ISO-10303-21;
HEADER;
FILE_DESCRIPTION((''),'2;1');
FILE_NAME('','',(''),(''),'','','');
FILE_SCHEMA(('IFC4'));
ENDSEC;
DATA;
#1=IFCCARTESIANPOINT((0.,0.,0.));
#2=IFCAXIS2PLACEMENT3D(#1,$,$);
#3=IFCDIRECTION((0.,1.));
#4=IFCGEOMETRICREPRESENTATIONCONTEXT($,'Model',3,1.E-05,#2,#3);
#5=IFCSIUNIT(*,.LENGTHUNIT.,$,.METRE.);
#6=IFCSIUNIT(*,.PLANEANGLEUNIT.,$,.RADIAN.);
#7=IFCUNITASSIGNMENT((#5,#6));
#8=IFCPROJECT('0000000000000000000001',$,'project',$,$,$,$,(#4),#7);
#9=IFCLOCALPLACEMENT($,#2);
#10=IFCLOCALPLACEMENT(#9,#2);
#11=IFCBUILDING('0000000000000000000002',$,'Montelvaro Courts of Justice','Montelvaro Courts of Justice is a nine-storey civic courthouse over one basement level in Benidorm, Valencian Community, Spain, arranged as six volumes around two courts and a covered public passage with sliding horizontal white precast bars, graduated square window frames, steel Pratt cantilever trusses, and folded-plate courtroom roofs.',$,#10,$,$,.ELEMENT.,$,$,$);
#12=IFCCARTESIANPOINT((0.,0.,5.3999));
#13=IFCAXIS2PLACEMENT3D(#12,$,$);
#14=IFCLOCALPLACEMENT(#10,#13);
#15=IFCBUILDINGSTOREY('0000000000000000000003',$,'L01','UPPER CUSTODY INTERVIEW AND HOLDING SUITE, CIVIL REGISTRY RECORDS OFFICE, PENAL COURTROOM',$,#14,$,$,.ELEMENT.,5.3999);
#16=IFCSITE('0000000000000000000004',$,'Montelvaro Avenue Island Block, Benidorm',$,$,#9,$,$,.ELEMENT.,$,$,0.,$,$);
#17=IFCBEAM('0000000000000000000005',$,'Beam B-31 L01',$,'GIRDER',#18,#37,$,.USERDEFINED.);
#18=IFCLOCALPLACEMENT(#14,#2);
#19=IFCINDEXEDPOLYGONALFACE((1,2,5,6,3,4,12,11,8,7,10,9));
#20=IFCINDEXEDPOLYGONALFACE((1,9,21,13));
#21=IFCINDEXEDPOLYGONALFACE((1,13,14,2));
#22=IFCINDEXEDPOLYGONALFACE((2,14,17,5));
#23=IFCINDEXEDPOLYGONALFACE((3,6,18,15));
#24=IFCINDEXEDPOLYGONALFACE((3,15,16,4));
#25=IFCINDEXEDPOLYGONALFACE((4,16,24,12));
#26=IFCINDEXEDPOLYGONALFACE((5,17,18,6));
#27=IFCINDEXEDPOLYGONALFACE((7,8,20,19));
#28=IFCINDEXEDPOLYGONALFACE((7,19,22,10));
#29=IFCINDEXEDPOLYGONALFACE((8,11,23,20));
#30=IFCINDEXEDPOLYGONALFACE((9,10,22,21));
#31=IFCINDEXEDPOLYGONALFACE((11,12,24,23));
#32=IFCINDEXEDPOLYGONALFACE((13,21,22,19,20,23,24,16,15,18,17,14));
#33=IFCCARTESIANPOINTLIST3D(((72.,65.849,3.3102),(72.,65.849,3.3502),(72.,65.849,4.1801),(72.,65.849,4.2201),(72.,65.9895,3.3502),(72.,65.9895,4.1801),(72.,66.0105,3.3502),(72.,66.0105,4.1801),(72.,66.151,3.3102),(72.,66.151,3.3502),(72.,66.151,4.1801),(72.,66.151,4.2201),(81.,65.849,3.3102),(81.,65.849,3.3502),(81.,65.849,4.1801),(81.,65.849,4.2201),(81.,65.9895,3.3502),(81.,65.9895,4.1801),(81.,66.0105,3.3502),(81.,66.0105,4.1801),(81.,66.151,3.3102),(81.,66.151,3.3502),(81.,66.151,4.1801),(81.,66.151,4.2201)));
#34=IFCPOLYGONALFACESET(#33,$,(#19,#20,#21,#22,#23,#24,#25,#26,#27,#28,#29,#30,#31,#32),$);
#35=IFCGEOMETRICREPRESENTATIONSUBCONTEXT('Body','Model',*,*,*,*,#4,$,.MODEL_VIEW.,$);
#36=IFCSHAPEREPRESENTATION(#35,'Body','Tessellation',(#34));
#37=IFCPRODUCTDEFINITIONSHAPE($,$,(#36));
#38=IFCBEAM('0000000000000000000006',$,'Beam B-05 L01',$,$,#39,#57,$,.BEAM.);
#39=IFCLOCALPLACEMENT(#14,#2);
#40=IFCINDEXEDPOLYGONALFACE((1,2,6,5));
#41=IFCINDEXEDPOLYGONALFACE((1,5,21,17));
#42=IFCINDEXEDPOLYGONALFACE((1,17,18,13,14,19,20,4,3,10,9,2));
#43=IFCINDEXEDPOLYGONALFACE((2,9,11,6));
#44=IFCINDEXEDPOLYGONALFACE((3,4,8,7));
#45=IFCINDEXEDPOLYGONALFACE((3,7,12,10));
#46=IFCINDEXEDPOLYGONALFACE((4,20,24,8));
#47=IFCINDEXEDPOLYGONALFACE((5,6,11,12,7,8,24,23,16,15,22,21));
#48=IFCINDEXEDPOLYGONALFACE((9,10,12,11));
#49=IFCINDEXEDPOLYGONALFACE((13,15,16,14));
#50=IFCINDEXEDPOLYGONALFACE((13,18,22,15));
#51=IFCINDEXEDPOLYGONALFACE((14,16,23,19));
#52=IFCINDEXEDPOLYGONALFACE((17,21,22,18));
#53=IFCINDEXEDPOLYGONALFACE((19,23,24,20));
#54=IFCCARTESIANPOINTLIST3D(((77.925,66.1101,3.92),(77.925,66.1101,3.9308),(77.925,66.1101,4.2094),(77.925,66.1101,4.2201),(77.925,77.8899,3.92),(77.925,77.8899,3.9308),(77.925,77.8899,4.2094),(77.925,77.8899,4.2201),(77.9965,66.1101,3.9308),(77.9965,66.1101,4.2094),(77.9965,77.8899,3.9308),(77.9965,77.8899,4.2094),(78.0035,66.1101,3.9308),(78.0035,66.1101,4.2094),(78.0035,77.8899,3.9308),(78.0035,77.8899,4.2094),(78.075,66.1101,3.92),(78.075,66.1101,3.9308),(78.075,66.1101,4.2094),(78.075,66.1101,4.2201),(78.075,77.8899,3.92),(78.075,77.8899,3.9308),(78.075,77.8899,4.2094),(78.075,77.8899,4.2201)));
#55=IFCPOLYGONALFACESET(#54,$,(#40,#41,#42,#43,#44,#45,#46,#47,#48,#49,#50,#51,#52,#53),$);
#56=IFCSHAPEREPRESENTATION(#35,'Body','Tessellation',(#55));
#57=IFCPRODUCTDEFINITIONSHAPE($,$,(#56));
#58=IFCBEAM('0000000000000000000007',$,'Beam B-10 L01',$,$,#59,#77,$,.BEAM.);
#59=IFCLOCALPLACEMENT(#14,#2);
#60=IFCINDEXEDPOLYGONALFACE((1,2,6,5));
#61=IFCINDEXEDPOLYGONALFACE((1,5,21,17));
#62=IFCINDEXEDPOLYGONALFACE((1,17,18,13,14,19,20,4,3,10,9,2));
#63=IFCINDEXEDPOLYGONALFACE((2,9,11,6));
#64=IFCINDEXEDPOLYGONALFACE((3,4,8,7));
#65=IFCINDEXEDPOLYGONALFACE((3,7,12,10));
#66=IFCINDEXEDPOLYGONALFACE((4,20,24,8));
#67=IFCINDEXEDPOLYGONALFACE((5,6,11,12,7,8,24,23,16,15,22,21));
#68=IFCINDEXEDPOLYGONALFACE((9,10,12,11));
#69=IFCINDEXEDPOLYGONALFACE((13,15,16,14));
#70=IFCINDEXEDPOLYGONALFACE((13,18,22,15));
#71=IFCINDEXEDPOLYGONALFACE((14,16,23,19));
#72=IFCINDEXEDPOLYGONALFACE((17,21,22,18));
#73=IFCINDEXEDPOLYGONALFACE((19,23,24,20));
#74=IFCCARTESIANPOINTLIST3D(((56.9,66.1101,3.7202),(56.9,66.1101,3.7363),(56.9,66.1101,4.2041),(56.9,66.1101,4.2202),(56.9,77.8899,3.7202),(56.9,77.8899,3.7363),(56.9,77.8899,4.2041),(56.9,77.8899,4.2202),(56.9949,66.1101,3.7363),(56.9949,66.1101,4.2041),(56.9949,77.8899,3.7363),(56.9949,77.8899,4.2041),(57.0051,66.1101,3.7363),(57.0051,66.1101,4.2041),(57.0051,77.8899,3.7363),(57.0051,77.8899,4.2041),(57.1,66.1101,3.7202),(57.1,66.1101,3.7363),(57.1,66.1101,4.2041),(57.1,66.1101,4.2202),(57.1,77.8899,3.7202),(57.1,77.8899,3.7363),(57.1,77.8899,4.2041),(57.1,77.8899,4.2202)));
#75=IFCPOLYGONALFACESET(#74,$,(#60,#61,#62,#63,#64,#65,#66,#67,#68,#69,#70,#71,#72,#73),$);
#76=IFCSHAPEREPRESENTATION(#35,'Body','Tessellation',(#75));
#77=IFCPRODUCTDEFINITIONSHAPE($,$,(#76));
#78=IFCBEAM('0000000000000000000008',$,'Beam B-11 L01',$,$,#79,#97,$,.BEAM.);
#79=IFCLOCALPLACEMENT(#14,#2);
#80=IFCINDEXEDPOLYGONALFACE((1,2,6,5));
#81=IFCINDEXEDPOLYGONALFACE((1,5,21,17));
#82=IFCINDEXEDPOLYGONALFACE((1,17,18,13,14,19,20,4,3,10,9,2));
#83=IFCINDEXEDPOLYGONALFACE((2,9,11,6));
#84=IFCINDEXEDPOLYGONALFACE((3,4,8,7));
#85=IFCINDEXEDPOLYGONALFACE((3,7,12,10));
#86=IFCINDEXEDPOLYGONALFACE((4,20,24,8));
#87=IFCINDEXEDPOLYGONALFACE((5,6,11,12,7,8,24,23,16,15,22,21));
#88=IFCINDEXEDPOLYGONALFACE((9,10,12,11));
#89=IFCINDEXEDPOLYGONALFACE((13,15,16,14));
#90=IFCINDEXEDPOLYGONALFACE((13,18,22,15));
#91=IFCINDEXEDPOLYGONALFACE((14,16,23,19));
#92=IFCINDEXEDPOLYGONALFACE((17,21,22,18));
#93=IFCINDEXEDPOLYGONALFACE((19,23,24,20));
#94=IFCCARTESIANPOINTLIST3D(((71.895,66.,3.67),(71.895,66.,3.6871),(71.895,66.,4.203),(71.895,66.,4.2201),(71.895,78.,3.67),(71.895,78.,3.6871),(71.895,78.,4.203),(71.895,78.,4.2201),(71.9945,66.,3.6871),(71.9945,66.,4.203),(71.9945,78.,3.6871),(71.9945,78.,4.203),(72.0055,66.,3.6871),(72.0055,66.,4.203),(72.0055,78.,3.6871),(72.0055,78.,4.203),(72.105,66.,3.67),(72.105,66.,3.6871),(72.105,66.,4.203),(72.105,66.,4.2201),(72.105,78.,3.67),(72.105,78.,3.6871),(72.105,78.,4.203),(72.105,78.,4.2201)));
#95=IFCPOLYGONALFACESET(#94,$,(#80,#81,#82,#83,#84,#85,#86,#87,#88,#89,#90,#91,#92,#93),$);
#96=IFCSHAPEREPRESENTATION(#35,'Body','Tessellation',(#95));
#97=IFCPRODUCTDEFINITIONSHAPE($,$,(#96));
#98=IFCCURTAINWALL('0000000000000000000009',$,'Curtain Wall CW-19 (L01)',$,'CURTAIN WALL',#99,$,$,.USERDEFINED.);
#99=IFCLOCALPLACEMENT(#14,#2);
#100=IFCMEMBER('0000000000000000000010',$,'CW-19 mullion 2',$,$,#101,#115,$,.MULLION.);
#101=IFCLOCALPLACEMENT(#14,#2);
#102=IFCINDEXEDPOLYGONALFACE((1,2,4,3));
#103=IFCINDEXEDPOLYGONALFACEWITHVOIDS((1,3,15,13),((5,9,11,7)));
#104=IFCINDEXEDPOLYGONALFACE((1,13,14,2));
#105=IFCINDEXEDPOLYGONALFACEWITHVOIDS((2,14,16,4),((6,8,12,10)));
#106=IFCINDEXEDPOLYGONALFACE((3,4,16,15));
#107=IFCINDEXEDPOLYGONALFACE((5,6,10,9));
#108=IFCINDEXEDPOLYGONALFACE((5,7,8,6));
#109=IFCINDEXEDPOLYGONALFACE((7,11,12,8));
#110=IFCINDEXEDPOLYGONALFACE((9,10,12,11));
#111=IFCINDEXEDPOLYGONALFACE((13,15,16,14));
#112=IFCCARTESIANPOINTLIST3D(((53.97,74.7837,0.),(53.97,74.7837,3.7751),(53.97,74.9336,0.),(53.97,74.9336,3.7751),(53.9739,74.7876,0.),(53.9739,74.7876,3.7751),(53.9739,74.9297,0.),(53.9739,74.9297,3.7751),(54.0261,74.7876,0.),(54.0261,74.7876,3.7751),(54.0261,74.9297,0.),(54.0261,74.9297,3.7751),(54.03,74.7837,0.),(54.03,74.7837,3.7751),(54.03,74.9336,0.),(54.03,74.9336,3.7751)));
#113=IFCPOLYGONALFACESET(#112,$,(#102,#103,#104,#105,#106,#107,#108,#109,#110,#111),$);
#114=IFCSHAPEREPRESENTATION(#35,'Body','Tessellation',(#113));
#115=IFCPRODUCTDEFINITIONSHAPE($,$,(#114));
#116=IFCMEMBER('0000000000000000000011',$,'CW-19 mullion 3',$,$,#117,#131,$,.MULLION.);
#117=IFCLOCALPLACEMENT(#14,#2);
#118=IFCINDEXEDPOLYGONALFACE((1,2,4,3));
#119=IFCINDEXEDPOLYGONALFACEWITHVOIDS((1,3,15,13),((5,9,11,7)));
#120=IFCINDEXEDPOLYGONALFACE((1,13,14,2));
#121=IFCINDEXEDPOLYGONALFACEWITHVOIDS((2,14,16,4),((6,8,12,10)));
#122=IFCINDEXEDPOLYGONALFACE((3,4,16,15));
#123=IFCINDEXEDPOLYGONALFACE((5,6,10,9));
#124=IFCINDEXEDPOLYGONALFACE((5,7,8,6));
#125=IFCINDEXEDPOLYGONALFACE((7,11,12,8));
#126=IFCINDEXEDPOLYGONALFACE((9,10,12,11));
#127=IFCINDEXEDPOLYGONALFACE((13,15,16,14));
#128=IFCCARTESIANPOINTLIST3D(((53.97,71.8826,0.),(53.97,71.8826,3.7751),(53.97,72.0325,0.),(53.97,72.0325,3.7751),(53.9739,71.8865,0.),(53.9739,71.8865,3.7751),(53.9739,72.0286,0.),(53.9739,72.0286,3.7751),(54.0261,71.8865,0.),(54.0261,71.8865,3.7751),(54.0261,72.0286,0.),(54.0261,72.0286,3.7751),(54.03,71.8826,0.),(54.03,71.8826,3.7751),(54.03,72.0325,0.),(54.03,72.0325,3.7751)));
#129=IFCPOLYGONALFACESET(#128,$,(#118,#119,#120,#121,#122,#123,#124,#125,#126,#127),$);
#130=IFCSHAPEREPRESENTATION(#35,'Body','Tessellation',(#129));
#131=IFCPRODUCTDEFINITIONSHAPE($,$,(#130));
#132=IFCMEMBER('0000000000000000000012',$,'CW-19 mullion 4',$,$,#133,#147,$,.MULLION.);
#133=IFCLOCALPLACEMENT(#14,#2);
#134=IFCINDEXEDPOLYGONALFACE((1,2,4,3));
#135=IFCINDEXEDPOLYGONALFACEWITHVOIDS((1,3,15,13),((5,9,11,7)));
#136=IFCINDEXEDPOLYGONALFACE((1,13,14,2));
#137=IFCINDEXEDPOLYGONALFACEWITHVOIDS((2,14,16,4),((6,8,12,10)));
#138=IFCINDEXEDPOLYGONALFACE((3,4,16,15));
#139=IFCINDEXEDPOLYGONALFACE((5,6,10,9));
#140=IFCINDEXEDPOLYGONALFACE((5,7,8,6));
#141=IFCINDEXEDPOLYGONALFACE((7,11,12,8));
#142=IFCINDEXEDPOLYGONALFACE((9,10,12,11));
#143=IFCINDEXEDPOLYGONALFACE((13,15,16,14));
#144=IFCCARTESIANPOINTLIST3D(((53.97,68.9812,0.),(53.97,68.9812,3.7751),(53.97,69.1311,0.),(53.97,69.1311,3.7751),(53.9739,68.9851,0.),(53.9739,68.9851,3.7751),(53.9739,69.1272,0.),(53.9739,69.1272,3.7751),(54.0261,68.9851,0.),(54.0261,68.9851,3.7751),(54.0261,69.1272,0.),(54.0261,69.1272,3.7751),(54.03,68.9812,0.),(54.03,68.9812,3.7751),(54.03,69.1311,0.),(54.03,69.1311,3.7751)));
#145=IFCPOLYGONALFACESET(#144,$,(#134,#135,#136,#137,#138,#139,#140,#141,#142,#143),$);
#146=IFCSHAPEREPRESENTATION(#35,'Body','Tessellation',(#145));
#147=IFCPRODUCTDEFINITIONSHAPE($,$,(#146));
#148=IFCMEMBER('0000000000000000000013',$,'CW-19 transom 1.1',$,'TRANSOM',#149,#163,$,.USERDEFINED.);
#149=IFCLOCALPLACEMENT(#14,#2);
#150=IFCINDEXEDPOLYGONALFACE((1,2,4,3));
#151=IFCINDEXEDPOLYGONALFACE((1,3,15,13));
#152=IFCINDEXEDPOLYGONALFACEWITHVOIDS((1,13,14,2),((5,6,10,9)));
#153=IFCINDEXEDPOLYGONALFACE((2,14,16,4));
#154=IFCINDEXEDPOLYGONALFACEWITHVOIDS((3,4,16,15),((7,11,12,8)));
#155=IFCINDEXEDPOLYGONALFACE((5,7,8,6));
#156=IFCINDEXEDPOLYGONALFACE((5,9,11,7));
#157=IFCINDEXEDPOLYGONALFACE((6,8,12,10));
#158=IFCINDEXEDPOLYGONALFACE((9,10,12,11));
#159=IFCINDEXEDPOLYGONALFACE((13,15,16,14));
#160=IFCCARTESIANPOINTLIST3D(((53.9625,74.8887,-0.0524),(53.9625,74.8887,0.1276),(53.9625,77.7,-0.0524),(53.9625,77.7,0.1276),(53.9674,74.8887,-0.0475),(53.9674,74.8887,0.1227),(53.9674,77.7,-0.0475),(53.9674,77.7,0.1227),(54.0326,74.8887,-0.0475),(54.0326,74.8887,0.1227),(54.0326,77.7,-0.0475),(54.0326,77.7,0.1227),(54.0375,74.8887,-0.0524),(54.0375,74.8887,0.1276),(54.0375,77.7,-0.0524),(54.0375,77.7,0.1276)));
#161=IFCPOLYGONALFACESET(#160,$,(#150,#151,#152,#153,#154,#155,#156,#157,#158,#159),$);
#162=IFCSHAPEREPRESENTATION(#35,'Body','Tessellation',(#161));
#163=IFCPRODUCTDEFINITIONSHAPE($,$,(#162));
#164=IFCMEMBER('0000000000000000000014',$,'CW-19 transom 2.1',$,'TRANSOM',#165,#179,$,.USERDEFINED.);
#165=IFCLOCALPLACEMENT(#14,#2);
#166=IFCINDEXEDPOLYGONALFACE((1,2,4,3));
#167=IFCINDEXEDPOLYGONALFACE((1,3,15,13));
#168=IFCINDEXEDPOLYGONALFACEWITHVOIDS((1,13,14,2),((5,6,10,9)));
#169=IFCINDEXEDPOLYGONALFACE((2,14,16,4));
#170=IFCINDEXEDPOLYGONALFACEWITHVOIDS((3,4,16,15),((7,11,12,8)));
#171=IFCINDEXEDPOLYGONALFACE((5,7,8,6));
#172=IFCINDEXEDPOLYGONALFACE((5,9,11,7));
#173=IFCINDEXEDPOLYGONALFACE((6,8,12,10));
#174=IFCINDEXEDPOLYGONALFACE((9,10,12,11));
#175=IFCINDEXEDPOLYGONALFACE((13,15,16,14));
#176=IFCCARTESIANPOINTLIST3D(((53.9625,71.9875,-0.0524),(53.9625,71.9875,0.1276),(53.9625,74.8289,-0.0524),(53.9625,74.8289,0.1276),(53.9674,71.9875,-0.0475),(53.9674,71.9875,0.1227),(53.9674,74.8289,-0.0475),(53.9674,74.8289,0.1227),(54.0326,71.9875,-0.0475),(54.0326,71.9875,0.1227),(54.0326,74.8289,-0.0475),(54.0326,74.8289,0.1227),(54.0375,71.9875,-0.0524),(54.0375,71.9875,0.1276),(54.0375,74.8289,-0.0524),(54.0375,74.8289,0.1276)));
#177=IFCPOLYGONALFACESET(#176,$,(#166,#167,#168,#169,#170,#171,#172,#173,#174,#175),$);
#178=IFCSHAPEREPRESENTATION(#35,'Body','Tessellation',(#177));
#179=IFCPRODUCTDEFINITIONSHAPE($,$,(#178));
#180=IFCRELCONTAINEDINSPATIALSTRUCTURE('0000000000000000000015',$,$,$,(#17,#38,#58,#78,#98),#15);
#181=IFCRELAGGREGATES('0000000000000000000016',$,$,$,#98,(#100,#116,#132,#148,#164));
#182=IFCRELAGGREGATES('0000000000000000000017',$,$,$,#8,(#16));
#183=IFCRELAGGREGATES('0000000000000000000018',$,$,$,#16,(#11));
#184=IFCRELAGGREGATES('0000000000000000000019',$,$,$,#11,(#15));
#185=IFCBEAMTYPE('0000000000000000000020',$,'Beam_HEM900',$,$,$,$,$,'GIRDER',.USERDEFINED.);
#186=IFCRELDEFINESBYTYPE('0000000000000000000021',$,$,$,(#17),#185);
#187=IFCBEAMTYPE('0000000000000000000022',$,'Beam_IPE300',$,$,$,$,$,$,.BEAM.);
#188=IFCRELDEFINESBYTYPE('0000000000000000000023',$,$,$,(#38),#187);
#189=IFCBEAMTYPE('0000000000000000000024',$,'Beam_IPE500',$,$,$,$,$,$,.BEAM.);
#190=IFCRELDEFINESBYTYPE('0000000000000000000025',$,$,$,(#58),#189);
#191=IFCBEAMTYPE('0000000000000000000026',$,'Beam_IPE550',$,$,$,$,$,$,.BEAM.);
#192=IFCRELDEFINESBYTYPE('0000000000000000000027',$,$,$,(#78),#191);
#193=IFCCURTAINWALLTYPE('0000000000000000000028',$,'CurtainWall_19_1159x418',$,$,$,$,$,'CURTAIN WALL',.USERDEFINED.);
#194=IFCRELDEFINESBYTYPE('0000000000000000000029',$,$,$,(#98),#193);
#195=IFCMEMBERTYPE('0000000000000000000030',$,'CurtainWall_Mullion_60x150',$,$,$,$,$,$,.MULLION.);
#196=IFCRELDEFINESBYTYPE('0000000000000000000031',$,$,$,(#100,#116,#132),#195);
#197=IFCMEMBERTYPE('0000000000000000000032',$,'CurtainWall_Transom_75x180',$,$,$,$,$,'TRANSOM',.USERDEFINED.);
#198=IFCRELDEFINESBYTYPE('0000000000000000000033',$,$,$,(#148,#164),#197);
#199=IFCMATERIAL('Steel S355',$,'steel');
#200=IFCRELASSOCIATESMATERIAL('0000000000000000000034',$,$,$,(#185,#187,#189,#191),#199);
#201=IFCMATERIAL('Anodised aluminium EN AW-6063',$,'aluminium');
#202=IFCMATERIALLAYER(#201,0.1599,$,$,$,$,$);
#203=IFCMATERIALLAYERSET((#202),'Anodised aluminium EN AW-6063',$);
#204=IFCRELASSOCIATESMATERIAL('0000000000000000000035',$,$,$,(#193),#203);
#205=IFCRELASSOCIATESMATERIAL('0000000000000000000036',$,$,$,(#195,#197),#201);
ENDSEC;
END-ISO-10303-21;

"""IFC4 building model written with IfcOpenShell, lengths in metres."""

from ifc_helpers import new_model, si_unit, direction, frame, origin, origin_2d, place, context, subcontext, project, spatial, hollow_rectangle, i_section, extrude, material, layer, layer_set, material_profile, profile_set, type_object, element, aggregate, save


model = new_model("IFC4")

# Units and contexts
model_context = context("Model", 3, precision=1e-05, world=origin(), true_north=direction((0.0, 1.0)))
body_context = subcontext(model_context, "Body", "Model", "MODEL_VIEW")
ifc_project = project(units=[si_unit("LENGTHUNIT", "METRE"), si_unit("PLANEANGLEUNIT", "RADIAN")], contexts=[model_context])

# Site, building, storey
site_placement = place(None, origin())
site = spatial("IfcSite", under=ifc_project, at=site_placement, Name="Montelvaro Avenue Island Block, Benidorm", CompositionType="ELEMENT", RefElevation=0.0)
building_placement = place(site_placement, origin())
building = spatial("IfcBuilding", under=site, at=building_placement, Name="Montelvaro Courts of Justice", Description="Montelvaro Courts of Justice is a nine-storey civic courthouse over one basement level in Benidorm, Valencian Community, Spain, arranged as six volumes around two courts and a covered public passage with sliding horizontal white precast bars, graduated square window frames, steel Pratt cantilever trusses, and folded-plate courtroom roofs.", CompositionType="ELEMENT")
storey_placement = place(building_placement, frame((0.0, 0.0, 5.3999)))
storey = spatial("IfcBuildingStorey", under=building, at=storey_placement, Name="L01", Description="UPPER CUSTODY INTERVIEW AND HOLDING SUITE, CIVIL REGISTRY RECORDS OFFICE, PENAL COURTROOM", CompositionType="ELEMENT", Elevation=5.3999)

# Shared definitions
ifc_material_1 = material(Name="Steel S355", Category="steel")

# Beams
ifc_material_profile_1 = material_profile(ifc_material_1, i_section(OverallWidth=0.302, OverallDepth=0.9099, WebThickness=0.021, FlangeThickness=0.04, at=origin_2d()), Name="HEM 900")
ifc_profile_set_1 = profile_set([ifc_material_profile_1], Name="Steel S355")
beam_type_1 = type_object("IfcBeamType", Name="Beam_HEM900", ElementType="GIRDER", PredefinedType="USERDEFINED", material=ifc_profile_set_1)
for number, where, z_axis, x_axis, name in (
    (1, (72.0, 66.0, 3.7651), (1.0, 0.0, 0.0), (0.0, 1.0, 0.0), "Beam B-31 L01"),
):
    element("IfcBeam", number, at=place(storey_placement, frame(where, z_axis=z_axis, x_axis=x_axis)), inside=storey, type_object=beam_type_1, Name=name, ObjectType="GIRDER", PredefinedType="USERDEFINED", context=body_context, shape_type="SweptSolid", body=[
        extrude(i_section(OverallWidth=0.302, OverallDepth=0.9099, WebThickness=0.021, FlangeThickness=0.04, at=origin_2d()), origin(), (0.0, 0.0, 1.0), 9.0),
    ])
ifc_material_profile_2 = material_profile(ifc_material_1, i_section(OverallWidth=0.1499, OverallDepth=0.3, WebThickness=0.0071, FlangeThickness=0.0107, at=origin_2d()), Name="IPE 300")
ifc_profile_set_2 = profile_set([ifc_material_profile_2], Name="Steel S355")
beam_type_2 = type_object("IfcBeamType", Name="Beam_IPE300", PredefinedType="BEAM", material=ifc_profile_set_2)
beam_1_placement = place(storey_placement, frame((78.0, 66.1101, 4.0701), z_axis=(0.0, 1.0, 0.0), x_axis=(-1.0, 0.0, 0.0)))
element("IfcBeam", 2, at=beam_1_placement, inside=storey, type_object=beam_type_2, Name="Beam B-05 L01", PredefinedType="BEAM", context=body_context, shape_type="SweptSolid", body=[
    extrude(i_section(OverallWidth=0.1499, OverallDepth=0.3, WebThickness=0.0071, FlangeThickness=0.0107, at=origin_2d()), origin(), (0.0, 0.0, 1.0), 11.7798),
])
ifc_material_profile_3 = material_profile(ifc_material_1, i_section(OverallWidth=0.2, OverallDepth=0.5, WebThickness=0.0103, FlangeThickness=0.0161, at=origin_2d()), Name="IPE 500")
ifc_profile_set_3 = profile_set([ifc_material_profile_3], Name="Steel S355")
beam_type_3 = type_object("IfcBeamType", Name="Beam_IPE500", PredefinedType="BEAM", material=ifc_profile_set_3)
beam_2_placement = place(storey_placement, frame((57.0, 66.1101, 3.9702), z_axis=(0.0, 1.0, 0.0), x_axis=(-1.0, 0.0, 0.0)))
element("IfcBeam", 3, at=beam_2_placement, inside=storey, type_object=beam_type_3, Name="Beam B-10 L01", PredefinedType="BEAM", context=body_context, shape_type="SweptSolid", body=[
    extrude(i_section(OverallWidth=0.2, OverallDepth=0.5, WebThickness=0.0103, FlangeThickness=0.0161, at=origin_2d()), origin(), (0.0, 0.0, 1.0), 11.7798),
])
ifc_material_profile_4 = material_profile(ifc_material_1, i_section(OverallWidth=0.21, OverallDepth=0.55, WebThickness=0.011, FlangeThickness=0.0171, at=origin_2d()), Name="IPE 550")
ifc_profile_set_4 = profile_set([ifc_material_profile_4], Name="Steel S355")
beam_type_4 = type_object("IfcBeamType", Name="Beam_IPE550", PredefinedType="BEAM", material=ifc_profile_set_4)
beam_3_placement = place(storey_placement, frame((72.0, 66.0, 3.9451), z_axis=(0.0, 1.0, 0.0), x_axis=(-1.0, 0.0, 0.0)))
element("IfcBeam", 4, at=beam_3_placement, inside=storey, type_object=beam_type_4, Name="Beam B-11 L01", PredefinedType="BEAM", context=body_context, shape_type="SweptSolid", body=[
    extrude(i_section(OverallWidth=0.21, OverallDepth=0.55, WebThickness=0.011, FlangeThickness=0.0171, at=origin_2d()), origin(), (0.0, 0.0, 1.0), 12.0),
])

# Curtain wall, members
ifc_material_2 = material(Name="Anodised aluminium EN AW-6063", Category="aluminium")
ifc_layer_1 = layer(ifc_material_2, 0.1599)
ifc_layer_set_1 = layer_set([ifc_layer_1], Name="Anodised aluminium EN AW-6063")
curtain_wall_type = type_object("IfcCurtainWallType", Name="CurtainWall_19_1159x418", ElementType="CURTAIN WALL", PredefinedType="USERDEFINED", material=ifc_layer_set_1)
curtain_wall_placement = place(storey_placement, origin())
curtain_wall = element("IfcCurtainWall", 5, at=curtain_wall_placement, inside=storey, type_object=curtain_wall_type, Name="Curtain Wall CW-19 (L01)", ObjectType="CURTAIN WALL", PredefinedType="USERDEFINED")
ifc_material_profile_5 = material_profile(ifc_material_2, hollow_rectangle(XDim=0.0601, YDim=0.1499, WallThickness=0.0039, at=origin_2d()), Name="ALU-M 60x150")
ifc_profile_set_5 = profile_set([ifc_material_profile_5], Name="Anodised aluminium EN AW-6063")
member_type_1 = type_object("IfcMemberType", Name="CurtainWall_Mullion_60x150", PredefinedType="MULLION", material=ifc_profile_set_5)
member_1_placement = place(storey_placement, frame((54.0, 74.8586, 0.0), z_axis=(0.0, 0.0, 1.0), x_axis=(1.0, 0.0, 0.0)))
member_1 = element("IfcMember", 6, at=member_1_placement, type_object=member_type_1, Name="CW-19 mullion 2", PredefinedType="MULLION", context=body_context, shape_type="SweptSolid", body=[
    extrude(hollow_rectangle(XDim=0.0601, YDim=0.1499, WallThickness=0.0039, at=origin_2d()), origin(), (0.0, 0.0, 1.0), 3.7751),
])
member_2_placement = place(storey_placement, frame((54.0, 71.9575, 0.0), z_axis=(0.0, 0.0, 1.0), x_axis=(1.0, 0.0, 0.0)))
member_2 = element("IfcMember", 7, at=member_2_placement, type_object=member_type_1, Name="CW-19 mullion 3", PredefinedType="MULLION", context=body_context, shape_type="SweptSolid", body=[
    extrude(hollow_rectangle(XDim=0.0601, YDim=0.1499, WallThickness=0.0039, at=origin_2d()), origin(), (0.0, 0.0, 1.0), 3.7751),
])
member_3_placement = place(storey_placement, frame((54.0, 69.0562, 0.0), z_axis=(0.0, 0.0, 1.0), x_axis=(1.0, 0.0, 0.0)))
member_3 = element("IfcMember", 8, at=member_3_placement, type_object=member_type_1, Name="CW-19 mullion 4", PredefinedType="MULLION", context=body_context, shape_type="SweptSolid", body=[
    extrude(hollow_rectangle(XDim=0.0601, YDim=0.1499, WallThickness=0.0039, at=origin_2d()), origin(), (0.0, 0.0, 1.0), 3.7751),
])
ifc_material_profile_6 = material_profile(ifc_material_2, hollow_rectangle(XDim=0.075, YDim=0.1799, WallThickness=0.0049, at=origin_2d()), Name="ALU-T 75x180")
ifc_profile_set_6 = profile_set([ifc_material_profile_6], Name="Anodised aluminium EN AW-6063")
member_type_2 = type_object("IfcMemberType", Name="CurtainWall_Transom_75x180", ElementType="TRANSOM", PredefinedType="USERDEFINED", material=ifc_profile_set_6)
member_4_placement = place(storey_placement, frame((54.0, 77.7, 0.0376), z_axis=(0.0, -1.0, 0.0), x_axis=(1.0, 0.0, 0.0)))
member_4 = element("IfcMember", 9, at=member_4_placement, type_object=member_type_2, Name="CW-19 transom 1.1", ObjectType="TRANSOM", PredefinedType="USERDEFINED", context=body_context, shape_type="SweptSolid", body=[
    extrude(hollow_rectangle(XDim=0.075, YDim=0.1799, WallThickness=0.0049, at=origin_2d()), origin(), (0.0, 0.0, 1.0), 2.8113),
])
member_5_placement = place(storey_placement, frame((54.0, 74.8289, 0.0376), z_axis=(0.0, -1.0, 0.0), x_axis=(1.0, 0.0, 0.0)))
member_5 = element("IfcMember", 10, at=member_5_placement, type_object=member_type_2, Name="CW-19 transom 2.1", ObjectType="TRANSOM", PredefinedType="USERDEFINED", context=body_context, shape_type="SweptSolid", body=[
    extrude(hollow_rectangle(XDim=0.075, YDim=0.1799, WallThickness=0.0049, at=origin_2d()), origin(), (0.0, 0.0, 1.0), 2.8413),
])
aggregate(curtain_wall, [member_1, member_2, member_3, member_4, member_5])

save(model, "model.ifc")
